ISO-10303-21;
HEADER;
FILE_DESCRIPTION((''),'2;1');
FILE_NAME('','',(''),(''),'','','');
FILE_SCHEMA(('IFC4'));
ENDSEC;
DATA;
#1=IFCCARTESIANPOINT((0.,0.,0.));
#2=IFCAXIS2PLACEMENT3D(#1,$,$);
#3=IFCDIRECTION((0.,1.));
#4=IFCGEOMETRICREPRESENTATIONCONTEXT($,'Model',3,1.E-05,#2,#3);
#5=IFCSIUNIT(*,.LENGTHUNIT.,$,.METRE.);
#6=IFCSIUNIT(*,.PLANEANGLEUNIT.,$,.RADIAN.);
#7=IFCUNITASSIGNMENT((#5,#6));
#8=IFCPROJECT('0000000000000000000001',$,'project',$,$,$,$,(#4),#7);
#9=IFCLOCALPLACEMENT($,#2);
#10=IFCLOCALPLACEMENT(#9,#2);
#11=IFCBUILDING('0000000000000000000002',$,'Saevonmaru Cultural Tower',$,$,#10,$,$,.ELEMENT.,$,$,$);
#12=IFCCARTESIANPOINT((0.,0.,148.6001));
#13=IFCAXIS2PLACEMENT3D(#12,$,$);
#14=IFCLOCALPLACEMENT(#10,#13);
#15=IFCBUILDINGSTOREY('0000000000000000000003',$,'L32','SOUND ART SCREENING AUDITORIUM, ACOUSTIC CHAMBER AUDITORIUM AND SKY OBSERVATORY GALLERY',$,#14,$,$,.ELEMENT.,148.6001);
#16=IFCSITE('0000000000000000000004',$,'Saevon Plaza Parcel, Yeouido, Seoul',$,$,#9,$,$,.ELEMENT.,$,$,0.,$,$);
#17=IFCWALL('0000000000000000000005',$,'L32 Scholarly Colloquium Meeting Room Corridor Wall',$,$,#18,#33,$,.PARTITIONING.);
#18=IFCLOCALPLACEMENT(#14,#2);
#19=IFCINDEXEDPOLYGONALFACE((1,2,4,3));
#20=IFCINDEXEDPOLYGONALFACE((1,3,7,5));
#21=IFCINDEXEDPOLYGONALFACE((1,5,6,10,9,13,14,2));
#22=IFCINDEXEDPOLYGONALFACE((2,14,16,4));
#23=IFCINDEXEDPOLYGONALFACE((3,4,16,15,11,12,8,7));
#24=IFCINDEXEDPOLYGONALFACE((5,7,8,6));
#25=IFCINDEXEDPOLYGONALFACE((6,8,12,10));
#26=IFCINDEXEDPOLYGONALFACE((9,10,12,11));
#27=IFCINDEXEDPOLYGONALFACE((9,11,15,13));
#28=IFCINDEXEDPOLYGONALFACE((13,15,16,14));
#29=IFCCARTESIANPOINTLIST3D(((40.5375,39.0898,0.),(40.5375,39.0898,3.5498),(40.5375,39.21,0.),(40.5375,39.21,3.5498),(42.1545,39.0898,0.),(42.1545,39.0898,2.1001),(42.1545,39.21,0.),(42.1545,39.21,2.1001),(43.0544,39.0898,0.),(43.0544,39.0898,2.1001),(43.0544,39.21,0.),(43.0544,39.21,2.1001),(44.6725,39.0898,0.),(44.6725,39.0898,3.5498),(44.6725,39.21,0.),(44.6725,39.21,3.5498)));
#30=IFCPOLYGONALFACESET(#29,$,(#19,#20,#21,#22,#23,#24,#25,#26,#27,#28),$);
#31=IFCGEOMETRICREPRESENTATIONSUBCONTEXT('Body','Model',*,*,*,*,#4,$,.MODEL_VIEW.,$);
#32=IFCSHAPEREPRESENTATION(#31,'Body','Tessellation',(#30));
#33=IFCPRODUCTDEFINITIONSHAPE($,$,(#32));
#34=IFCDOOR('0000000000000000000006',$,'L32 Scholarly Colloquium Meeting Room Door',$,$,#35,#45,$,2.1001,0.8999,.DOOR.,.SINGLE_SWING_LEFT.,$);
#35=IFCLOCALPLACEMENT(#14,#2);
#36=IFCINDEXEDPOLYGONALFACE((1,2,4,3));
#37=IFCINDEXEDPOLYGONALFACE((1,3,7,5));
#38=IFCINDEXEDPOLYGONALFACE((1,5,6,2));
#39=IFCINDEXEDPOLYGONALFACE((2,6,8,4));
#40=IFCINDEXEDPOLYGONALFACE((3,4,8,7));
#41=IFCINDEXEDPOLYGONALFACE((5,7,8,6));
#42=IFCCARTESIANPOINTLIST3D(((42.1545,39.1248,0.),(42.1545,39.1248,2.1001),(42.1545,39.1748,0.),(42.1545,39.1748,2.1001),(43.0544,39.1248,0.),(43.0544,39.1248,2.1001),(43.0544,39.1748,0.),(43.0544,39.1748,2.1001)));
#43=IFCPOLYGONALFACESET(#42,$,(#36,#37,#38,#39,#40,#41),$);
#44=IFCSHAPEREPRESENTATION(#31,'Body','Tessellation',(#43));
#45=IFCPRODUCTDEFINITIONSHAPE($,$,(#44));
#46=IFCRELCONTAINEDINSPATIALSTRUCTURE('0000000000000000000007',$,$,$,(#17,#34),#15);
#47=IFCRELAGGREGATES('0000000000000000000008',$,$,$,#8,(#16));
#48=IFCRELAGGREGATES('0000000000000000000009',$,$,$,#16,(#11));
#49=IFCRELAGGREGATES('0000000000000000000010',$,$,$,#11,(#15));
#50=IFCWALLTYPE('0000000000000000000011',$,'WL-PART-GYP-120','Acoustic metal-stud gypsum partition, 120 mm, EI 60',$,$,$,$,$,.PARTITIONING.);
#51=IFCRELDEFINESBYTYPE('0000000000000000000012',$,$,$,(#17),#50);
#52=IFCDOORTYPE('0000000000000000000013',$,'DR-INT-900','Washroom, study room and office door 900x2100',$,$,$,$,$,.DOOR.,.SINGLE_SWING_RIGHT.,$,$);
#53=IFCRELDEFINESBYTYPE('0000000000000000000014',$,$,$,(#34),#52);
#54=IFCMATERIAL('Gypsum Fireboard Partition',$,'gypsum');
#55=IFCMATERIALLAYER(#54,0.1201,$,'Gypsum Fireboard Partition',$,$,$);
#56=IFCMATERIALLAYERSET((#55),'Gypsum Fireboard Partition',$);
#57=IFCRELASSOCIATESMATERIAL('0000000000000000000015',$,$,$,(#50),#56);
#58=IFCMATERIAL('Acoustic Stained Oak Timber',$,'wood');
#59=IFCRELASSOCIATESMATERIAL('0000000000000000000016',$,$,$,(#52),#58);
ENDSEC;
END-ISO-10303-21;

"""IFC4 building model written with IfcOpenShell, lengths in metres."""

from ifc_helpers import new_model, si_unit, direction, frame, frame_2d, origin, place, context, subcontext, project, spatial, rectangle, extrude, material, layer, layer_set, type_object, element, fill, save


model = new_model("IFC4")

# Units and contexts
model_context = context("Model", 3, precision=1e-05, world=origin(), true_north=direction((0.0, 1.0)))
body_context = subcontext(model_context, "Body", "Model", "MODEL_VIEW")
ifc_project = project(units=[si_unit("LENGTHUNIT", "METRE"), si_unit("PLANEANGLEUNIT", "RADIAN")], contexts=[model_context])

# Site, building, storey
site_placement = place(None, origin())
site = spatial("IfcSite", under=ifc_project, at=site_placement, Name="Saevon Plaza Parcel, Yeouido, Seoul", CompositionType="ELEMENT", RefElevation=0.0)
building_placement = place(site_placement, origin())
building = spatial("IfcBuilding", under=site, at=building_placement, Name="Saevonmaru Cultural Tower", CompositionType="ELEMENT")
storey_placement = place(building_placement, frame((0.0, 0.0, 148.6001)))
storey = spatial("IfcBuildingStorey", under=building, at=storey_placement, Name="L32", Description="SOUND ART SCREENING AUDITORIUM, ACOUSTIC CHAMBER AUDITORIUM AND SKY OBSERVATORY GALLERY", CompositionType="ELEMENT", Elevation=148.6001)

# Shared definitions
ifc_material_1 = material(Name="Gypsum Fireboard Partition", Category="gypsum")

# Shared definitions
ifc_layer_1 = layer(ifc_material_1, 0.1201, Name="Gypsum Fireboard Partition")
ifc_layer_set_1 = layer_set([ifc_layer_1], Name="Gypsum Fireboard Partition")
wall_type_1 = type_object("IfcWallType", Name="WL-PART-GYP-120", Description="Acoustic metal-stud gypsum partition, 120 mm, EI 60", PredefinedType="PARTITIONING", material=ifc_layer_set_1)

# Wall, opening, door
ifc_material_2 = material(Name="Acoustic Stained Oak Timber", Category="wood")
door_type_1 = type_object("IfcDoorType", Name="DR-INT-900", Description="Washroom, study room and office door 900x2100", OperationType="SINGLE_SWING_RIGHT", PredefinedType="DOOR", material=ifc_material_2)
wall_1_placement = place(storey_placement, frame((40.5376, 39.1499, 0.0), z_axis=(0.0, 0.0, 1.0), x_axis=(1.0, 0.0, 0.0)))
wall_1 = element("IfcWall", 1, at=wall_1_placement, inside=storey, type_object=wall_type_1, Name="L32 Scholarly Colloquium Meeting Room Corridor Wall", PredefinedType="PARTITIONING", context=body_context, shape_type="SweptSolid", body=[
    extrude(rectangle(XDim=4.135, YDim=0.1201, at=frame_2d((2.0674, 0.0))), origin(), (0.0, 0.0, 1.0), 3.5498),
])
opening_1_placement = place(wall_1_placement, frame((1.6169, 0.0, 0.0)))
opening_1 = element("IfcOpeningElement", 2, at=opening_1_placement, cuts=wall_1, PredefinedType="OPENING", context=body_context, shape_type="SweptSolid", body=[
    extrude(rectangle(XDim=0.8999, YDim=2.1001, at=frame_2d((0.45, 1.05))), frame((0.0, 0.0701, 0.0), z_axis=(0.0, -1.0, 0.0), x_axis=(1.0, 0.0, 0.0)), (0.0, 0.0, 1.0), 0.1401),
])
door_1_placement = place(opening_1_placement, origin())
door_1 = element("IfcDoor", 3, at=door_1_placement, inside=storey, type_object=door_type_1, Name="L32 Scholarly Colloquium Meeting Room Door", OperationType="SINGLE_SWING_LEFT", OverallHeight=2.1001, OverallWidth=0.8999, PredefinedType="DOOR", context=body_context, shape_type="SweptSolid", body=[
    extrude(rectangle(XDim=0.8999, YDim=2.1001, at=frame_2d((0.45, 1.05))), frame((0.0, 0.0249, 0.0), z_axis=(0.0, -1.0, 0.0), x_axis=(1.0, 0.0, 0.0)), (0.0, 0.0, 1.0), 0.05),
])
fill(opening_1, door_1)

save(model, "model.ifc")
